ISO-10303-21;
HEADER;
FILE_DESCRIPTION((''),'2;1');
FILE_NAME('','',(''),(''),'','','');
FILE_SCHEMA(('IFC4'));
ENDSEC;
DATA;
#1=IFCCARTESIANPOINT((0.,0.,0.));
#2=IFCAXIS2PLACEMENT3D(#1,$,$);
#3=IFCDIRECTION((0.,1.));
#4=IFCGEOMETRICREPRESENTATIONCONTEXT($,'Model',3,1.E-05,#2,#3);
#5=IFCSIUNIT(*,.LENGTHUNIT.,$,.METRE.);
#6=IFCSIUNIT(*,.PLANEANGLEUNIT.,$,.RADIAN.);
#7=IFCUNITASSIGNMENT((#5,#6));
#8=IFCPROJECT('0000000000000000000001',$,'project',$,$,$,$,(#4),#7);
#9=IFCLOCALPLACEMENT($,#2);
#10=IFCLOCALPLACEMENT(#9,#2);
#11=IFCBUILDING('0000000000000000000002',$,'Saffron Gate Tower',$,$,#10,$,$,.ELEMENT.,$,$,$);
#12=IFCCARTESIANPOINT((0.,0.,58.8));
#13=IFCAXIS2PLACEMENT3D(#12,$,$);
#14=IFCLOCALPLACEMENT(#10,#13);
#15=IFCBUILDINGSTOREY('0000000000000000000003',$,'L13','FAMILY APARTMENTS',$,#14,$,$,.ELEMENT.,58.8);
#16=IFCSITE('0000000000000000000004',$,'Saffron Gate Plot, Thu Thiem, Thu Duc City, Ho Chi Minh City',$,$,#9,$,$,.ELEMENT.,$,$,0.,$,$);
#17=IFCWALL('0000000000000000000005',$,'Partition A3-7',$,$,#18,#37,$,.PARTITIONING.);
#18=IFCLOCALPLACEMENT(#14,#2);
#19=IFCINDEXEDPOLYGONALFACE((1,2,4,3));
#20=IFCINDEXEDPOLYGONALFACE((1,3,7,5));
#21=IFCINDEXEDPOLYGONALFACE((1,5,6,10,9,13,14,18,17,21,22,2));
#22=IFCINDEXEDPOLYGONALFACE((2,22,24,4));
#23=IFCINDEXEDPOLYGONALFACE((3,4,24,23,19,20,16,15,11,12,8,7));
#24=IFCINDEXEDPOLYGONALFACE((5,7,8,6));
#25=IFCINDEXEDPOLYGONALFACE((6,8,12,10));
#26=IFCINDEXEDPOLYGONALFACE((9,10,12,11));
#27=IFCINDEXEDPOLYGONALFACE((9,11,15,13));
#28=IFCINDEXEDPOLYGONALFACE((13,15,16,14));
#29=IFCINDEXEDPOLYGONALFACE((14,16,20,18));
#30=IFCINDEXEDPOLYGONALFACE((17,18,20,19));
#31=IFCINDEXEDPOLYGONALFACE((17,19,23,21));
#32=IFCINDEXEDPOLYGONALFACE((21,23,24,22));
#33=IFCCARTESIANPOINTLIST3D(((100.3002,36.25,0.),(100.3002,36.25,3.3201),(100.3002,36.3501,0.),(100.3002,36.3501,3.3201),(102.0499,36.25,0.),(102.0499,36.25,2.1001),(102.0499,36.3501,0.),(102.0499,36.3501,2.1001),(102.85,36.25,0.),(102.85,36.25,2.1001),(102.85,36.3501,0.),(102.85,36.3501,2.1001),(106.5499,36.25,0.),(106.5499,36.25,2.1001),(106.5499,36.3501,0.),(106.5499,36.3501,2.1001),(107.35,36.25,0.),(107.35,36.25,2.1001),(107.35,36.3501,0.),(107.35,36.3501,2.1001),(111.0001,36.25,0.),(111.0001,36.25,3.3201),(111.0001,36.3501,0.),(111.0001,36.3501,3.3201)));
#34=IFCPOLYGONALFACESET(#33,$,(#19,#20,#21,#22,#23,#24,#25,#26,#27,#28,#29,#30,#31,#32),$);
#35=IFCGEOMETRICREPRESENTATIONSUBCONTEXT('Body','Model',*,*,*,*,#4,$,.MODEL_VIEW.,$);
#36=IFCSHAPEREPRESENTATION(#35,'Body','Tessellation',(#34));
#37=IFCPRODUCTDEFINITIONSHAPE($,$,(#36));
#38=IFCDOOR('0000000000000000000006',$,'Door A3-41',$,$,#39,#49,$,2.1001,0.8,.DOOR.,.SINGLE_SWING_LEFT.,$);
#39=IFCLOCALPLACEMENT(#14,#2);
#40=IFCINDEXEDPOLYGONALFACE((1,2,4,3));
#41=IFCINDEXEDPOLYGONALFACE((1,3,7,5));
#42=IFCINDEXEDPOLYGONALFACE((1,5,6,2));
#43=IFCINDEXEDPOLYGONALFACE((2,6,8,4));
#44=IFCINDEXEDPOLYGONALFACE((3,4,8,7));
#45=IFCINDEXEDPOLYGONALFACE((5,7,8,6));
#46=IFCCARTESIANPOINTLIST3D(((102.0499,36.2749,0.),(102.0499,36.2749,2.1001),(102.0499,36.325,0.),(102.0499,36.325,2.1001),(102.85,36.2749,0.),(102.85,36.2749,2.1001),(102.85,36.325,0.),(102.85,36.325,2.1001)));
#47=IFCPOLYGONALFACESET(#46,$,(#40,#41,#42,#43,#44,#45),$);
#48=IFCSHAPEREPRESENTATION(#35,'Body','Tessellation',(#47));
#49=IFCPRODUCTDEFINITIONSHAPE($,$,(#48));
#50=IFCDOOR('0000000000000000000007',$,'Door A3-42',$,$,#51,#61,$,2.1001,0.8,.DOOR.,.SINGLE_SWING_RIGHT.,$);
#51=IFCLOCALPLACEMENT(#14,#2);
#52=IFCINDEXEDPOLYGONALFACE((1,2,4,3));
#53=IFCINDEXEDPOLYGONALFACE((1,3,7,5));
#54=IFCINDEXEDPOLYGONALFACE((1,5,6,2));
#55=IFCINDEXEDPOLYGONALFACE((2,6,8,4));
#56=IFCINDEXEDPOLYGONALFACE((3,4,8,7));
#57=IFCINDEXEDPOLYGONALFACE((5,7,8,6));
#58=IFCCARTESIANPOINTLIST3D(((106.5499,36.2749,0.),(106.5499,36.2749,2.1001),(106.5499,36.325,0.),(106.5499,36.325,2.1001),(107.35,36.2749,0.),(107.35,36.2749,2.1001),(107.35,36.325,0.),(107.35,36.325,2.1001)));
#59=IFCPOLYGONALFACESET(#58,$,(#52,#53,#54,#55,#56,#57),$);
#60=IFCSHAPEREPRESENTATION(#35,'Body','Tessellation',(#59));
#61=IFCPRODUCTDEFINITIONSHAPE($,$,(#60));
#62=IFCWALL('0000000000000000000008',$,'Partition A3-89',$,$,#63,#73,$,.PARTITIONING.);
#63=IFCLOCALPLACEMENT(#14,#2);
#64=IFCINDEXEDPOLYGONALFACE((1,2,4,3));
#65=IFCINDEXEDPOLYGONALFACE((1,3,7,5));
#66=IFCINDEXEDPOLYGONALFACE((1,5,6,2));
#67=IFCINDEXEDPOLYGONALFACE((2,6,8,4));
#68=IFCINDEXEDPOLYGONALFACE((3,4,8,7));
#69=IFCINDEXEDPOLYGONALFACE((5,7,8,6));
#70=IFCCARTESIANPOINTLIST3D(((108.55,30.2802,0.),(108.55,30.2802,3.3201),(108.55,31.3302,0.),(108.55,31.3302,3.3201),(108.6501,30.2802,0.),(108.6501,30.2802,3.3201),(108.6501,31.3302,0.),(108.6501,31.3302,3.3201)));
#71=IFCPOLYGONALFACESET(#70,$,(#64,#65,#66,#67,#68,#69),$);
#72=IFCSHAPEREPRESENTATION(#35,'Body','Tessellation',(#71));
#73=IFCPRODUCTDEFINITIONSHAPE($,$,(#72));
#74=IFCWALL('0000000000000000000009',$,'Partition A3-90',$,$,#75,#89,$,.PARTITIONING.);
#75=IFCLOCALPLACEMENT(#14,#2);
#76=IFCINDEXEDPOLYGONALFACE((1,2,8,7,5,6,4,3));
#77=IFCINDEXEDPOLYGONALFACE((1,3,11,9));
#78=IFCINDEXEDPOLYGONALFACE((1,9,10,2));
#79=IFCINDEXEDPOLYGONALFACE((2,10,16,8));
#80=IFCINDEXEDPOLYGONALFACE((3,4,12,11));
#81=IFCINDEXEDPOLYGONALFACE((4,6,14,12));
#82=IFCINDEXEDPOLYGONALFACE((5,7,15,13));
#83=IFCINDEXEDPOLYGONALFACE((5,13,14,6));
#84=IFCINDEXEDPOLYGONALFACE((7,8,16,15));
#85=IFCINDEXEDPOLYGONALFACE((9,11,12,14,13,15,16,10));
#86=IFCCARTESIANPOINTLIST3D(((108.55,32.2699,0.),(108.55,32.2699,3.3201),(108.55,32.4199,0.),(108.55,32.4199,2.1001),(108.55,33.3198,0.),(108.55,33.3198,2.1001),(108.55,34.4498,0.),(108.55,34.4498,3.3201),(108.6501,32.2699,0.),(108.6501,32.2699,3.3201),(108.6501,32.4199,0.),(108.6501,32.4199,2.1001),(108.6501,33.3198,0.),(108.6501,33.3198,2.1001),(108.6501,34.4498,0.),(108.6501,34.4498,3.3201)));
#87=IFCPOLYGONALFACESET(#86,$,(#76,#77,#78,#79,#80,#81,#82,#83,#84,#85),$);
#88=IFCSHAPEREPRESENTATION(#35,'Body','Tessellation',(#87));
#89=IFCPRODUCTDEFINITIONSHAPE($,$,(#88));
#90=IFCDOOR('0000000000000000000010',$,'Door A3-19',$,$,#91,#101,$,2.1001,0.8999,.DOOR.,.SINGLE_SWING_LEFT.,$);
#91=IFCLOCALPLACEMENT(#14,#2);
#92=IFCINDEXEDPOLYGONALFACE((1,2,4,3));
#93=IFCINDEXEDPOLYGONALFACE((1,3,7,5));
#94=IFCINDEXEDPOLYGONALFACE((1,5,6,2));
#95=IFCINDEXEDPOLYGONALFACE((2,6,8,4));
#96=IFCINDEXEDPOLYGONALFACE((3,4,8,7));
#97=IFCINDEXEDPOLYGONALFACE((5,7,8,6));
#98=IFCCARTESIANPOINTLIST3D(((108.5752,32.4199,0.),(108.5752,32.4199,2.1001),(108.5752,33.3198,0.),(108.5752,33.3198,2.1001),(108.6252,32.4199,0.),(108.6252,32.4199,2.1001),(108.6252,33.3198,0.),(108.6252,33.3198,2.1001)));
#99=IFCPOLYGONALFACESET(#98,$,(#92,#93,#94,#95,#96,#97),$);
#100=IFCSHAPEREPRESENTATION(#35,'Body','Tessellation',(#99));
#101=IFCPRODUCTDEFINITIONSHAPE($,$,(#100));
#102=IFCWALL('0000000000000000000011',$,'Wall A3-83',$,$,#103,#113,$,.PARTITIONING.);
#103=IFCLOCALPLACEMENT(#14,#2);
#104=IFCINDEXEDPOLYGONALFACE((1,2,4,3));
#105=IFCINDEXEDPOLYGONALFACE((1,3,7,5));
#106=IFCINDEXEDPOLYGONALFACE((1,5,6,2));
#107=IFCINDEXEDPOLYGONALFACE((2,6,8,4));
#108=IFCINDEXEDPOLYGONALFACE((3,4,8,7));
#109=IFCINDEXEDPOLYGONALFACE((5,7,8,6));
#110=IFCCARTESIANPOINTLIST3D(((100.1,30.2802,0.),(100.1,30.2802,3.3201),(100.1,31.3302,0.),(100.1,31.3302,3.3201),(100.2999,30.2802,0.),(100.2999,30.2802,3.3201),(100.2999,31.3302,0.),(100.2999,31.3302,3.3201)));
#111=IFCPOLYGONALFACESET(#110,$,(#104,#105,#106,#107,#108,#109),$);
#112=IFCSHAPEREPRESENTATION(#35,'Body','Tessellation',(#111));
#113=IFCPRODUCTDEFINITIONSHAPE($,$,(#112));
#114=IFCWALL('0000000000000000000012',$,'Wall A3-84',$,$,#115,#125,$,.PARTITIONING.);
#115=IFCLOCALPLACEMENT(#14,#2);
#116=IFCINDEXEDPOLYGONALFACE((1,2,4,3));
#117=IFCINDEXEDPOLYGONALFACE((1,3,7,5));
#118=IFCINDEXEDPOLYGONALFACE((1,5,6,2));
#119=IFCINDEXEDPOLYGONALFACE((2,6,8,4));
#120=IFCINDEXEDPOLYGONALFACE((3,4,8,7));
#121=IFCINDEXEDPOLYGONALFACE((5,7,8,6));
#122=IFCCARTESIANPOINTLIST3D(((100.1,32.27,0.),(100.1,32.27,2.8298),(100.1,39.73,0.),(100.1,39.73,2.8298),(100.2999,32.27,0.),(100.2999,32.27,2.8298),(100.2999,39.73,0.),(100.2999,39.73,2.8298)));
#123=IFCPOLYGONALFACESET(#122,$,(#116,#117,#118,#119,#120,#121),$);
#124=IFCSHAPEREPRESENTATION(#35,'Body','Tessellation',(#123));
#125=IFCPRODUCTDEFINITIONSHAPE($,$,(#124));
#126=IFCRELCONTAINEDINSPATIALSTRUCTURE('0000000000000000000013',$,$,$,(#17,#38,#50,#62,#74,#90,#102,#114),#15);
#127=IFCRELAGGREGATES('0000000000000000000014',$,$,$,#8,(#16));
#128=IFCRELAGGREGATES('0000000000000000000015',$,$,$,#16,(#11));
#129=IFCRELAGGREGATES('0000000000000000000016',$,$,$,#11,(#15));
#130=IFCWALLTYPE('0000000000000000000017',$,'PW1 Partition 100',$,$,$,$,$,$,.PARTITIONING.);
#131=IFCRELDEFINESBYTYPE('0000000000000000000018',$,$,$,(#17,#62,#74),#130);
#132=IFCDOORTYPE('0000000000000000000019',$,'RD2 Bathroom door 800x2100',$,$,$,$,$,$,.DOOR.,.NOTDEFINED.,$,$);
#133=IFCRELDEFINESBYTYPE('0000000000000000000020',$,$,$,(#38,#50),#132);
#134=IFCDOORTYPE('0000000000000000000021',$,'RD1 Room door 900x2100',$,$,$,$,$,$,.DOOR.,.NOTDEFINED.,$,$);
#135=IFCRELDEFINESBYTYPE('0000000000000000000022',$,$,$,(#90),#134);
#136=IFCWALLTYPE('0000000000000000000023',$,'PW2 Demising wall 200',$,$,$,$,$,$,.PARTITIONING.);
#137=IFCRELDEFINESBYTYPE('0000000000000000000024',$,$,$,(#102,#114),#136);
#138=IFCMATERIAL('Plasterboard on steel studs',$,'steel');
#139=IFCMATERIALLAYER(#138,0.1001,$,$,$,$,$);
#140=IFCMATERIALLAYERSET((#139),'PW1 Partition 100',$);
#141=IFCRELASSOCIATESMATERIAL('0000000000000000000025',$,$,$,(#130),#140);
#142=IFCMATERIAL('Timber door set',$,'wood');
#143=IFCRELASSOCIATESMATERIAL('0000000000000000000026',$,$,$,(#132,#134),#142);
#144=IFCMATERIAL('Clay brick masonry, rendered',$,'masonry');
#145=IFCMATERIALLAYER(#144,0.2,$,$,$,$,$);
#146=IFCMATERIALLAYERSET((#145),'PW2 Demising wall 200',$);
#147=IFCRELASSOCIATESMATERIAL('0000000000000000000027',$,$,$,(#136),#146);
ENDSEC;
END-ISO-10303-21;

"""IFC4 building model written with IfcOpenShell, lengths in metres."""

from ifc_helpers import new_model, si_unit, direction, frame, frame_2d, origin, place, context, subcontext, project, spatial, rectangle, extrude, material, layer, layer_set, type_object, element, fill, save


model = new_model("IFC4")

# Units and contexts
model_context = context("Model", 3, precision=1e-05, world=origin(), true_north=direction((0.0, 1.0)))
body_context = subcontext(model_context, "Body", "Model", "MODEL_VIEW")
ifc_project = project(units=[si_unit("LENGTHUNIT", "METRE"), si_unit("PLANEANGLEUNIT", "RADIAN")], contexts=[model_context])

# Site, building, storey
site_placement = place(None, origin())
site = spatial("IfcSite", under=ifc_project, at=site_placement, Name="Saffron Gate Plot, Thu Thiem, Thu Duc City, Ho Chi Minh City", CompositionType="ELEMENT", RefElevation=0.0)
building_placement = place(site_placement, origin())
building = spatial("IfcBuilding", under=site, at=building_placement, Name="Saffron Gate Tower", CompositionType="ELEMENT")
storey_placement = place(building_placement, frame((0.0, 0.0, 58.8)))
storey = spatial("IfcBuildingStorey", under=building, at=storey_placement, Name="L13", Description="FAMILY APARTMENTS", CompositionType="ELEMENT", Elevation=58.8)

# Shared definitions
ifc_material_1 = material(Name="Plasterboard on steel studs", Category="steel")
ifc_layer_1 = layer(ifc_material_1, 0.1001)
ifc_layer_set_1 = layer_set([ifc_layer_1], Name="PW1 Partition 100")
wall_type_1 = type_object("IfcWallType", Name="PW1 Partition 100", PredefinedType="PARTITIONING", material=ifc_layer_set_1)

# Wall, openings, doors
wall_1_placement = place(storey_placement, frame((100.3, 36.3, 0.0), z_axis=(0.0, 0.0, 1.0), x_axis=(1.0, 0.0, 0.0)))
wall_1 = element("IfcWall", 1, at=wall_1_placement, inside=storey, type_object=wall_type_1, Name="Partition A3-7", PredefinedType="PARTITIONING", context=body_context, shape_type="SweptSolid", body=[
    extrude(rectangle(XDim=10.7, YDim=0.1001, at=frame_2d((5.3501, 0.0))), origin(), (0.0, 0.0, 1.0), 3.3201),
])
opening_1_placement = place(wall_1_placement, frame((1.75, 0.0, 0.0)))
opening_1 = element("IfcOpeningElement", 2, at=opening_1_placement, cuts=wall_1, PredefinedType="OPENING", context=body_context, shape_type="SweptSolid", body=[
    extrude(rectangle(XDim=0.8, YDim=2.1001, at=frame_2d((0.3999, 1.05))), frame((0.0, 0.0601, 0.0), z_axis=(0.0, -1.0, 0.0), x_axis=(1.0, 0.0, 0.0)), (0.0, 0.0, 1.0), 0.1201),
])
opening_2_placement = place(wall_1_placement, frame((6.25, 0.0, 0.0)))
opening_2 = element("IfcOpeningElement", 3, at=opening_2_placement, cuts=wall_1, PredefinedType="OPENING", context=body_context, shape_type="SweptSolid", body=[
    extrude(rectangle(XDim=0.8, YDim=2.1001, at=frame_2d((0.3999, 1.05))), frame((0.0, 0.0601, 0.0), z_axis=(0.0, -1.0, 0.0), x_axis=(1.0, 0.0, 0.0)), (0.0, 0.0, 1.0), 0.1201),
])
ifc_material_2 = material(Name="Timber door set", Category="wood")
door_type_1 = type_object("IfcDoorType", Name="RD2 Bathroom door 800x2100", OperationType="NOTDEFINED", PredefinedType="DOOR", material=ifc_material_2)
door_1_placement = place(opening_1_placement, origin())
door_1 = element("IfcDoor", 4, at=door_1_placement, inside=storey, type_object=door_type_1, Name="Door A3-41", OperationType="SINGLE_SWING_LEFT", OverallHeight=2.1001, OverallWidth=0.8, PredefinedType="DOOR", context=body_context, shape_type="SweptSolid", body=[
    extrude(rectangle(XDim=0.8, YDim=2.1001, at=frame_2d((0.3999, 1.05))), frame((0.0, 0.0249, 0.0), z_axis=(0.0, -1.0, 0.0), x_axis=(1.0, 0.0, 0.0)), (0.0, 0.0, 1.0), 0.05),
])
fill(opening_1, door_1)
door_2_placement = place(opening_2_placement, origin())
door_2 = element("IfcDoor", 5, at=door_2_placement, inside=storey, type_object=door_type_1, Name="Door A3-42", OperationType="SINGLE_SWING_RIGHT", OverallHeight=2.1001, OverallWidth=0.8, PredefinedType="DOOR", context=body_context, shape_type="SweptSolid", body=[
    extrude(rectangle(XDim=0.8, YDim=2.1001, at=frame_2d((0.3999, 1.05))), frame((0.0, 0.0249, 0.0), z_axis=(0.0, -1.0, 0.0), x_axis=(1.0, 0.0, 0.0)), (0.0, 0.0, 1.0), 0.05),
])
fill(opening_2, door_2)

# Wall
wall_2_placement = place(storey_placement, frame((108.6001, 31.3301, 0.0), z_axis=(0.0, 0.0, 1.0), x_axis=(0.0, -1.0, 0.0)))
element("IfcWall", 6, at=wall_2_placement, inside=storey, type_object=wall_type_1, Name="Partition A3-89", PredefinedType="PARTITIONING", context=body_context, shape_type="SweptSolid", body=[
    extrude(rectangle(XDim=1.05, YDim=0.1001, at=frame_2d((0.5249, 0.0))), origin(), (0.0, 0.0, 1.0), 3.3201),
])

# Wall, opening, door
wall_3_placement = place(storey_placement, frame((108.6001, 32.27, 0.0), z_axis=(0.0, 0.0, 1.0), x_axis=(0.0, 1.0, 0.0)))
wall_3 = element("IfcWall", 7, at=wall_3_placement, inside=storey, type_object=wall_type_1, Name="Partition A3-90", PredefinedType="PARTITIONING", context=body_context, shape_type="SweptSolid", body=[
    extrude(rectangle(XDim=2.1799, YDim=0.1001, at=frame_2d((1.0898, 0.0))), origin(), (0.0, 0.0, 1.0), 3.3201),
])
opening_3_placement = place(wall_3_placement, frame((0.1499, 0.0, 0.0)))
opening_3 = element("IfcOpeningElement", 8, at=opening_3_placement, cuts=wall_3, PredefinedType="OPENING", context=body_context, shape_type="SweptSolid", body=[
    extrude(rectangle(XDim=0.8999, YDim=2.1001, at=frame_2d((0.45, 1.05))), frame((0.0, 0.0601, 0.0), z_axis=(0.0, -1.0, 0.0), x_axis=(1.0, 0.0, 0.0)), (0.0, 0.0, 1.0), 0.1201),
])
door_type_2 = type_object("IfcDoorType", Name="RD1 Room door 900x2100", OperationType="NOTDEFINED", PredefinedType="DOOR", material=ifc_material_2)
door_3_placement = place(opening_3_placement, origin())
door_3 = element("IfcDoor", 9, at=door_3_placement, inside=storey, type_object=door_type_2, Name="Door A3-19", OperationType="SINGLE_SWING_LEFT", OverallHeight=2.1001, OverallWidth=0.8999, PredefinedType="DOOR", context=body_context, shape_type="SweptSolid", body=[
    extrude(rectangle(XDim=0.8999, YDim=2.1001, at=frame_2d((0.45, 1.05))), frame((0.0, 0.0249, 0.0), z_axis=(0.0, -1.0, 0.0), x_axis=(1.0, 0.0, 0.0)), (0.0, 0.0, 1.0), 0.05),
])
fill(opening_3, door_3)

# Walls
ifc_material_3 = material(Name="Clay brick masonry, rendered", Category="masonry")
ifc_layer_2 = layer(ifc_material_3, 0.2)
ifc_layer_set_2 = layer_set([ifc_layer_2], Name="PW2 Demising wall 200")
wall_type_2 = type_object("IfcWallType", Name="PW2 Demising wall 200", PredefinedType="PARTITIONING", material=ifc_layer_set_2)
wall_4_placement = place(storey_placement, frame((100.2, 31.3301, 0.0), z_axis=(0.0, 0.0, 1.0), x_axis=(0.0, -1.0, 0.0)))
element("IfcWall", 10, at=wall_4_placement, inside=storey, type_object=wall_type_2, Name="Wall A3-83", PredefinedType="PARTITIONING", context=body_context, shape_type="SweptSolid", body=[
    extrude(rectangle(XDim=1.05, YDim=0.2, at=frame_2d((0.5249, 0.0))), origin(), (0.0, 0.0, 1.0), 3.3201),
])
wall_5_placement = place(storey_placement, frame((100.2, 39.73, 0.0), z_axis=(0.0, 0.0, 1.0), x_axis=(0.0, -1.0, 0.0)))
element("IfcWall", 11, at=wall_5_placement, inside=storey, type_object=wall_type_2, Name="Wall A3-84", PredefinedType="PARTITIONING", context=body_context, shape_type="SweptSolid", body=[
    extrude(rectangle(XDim=7.46, YDim=0.2, at=frame_2d((3.73, 0.0))), origin(), (0.0, 0.0, 1.0), 2.8298),
])

save(model, "model.ifc")
